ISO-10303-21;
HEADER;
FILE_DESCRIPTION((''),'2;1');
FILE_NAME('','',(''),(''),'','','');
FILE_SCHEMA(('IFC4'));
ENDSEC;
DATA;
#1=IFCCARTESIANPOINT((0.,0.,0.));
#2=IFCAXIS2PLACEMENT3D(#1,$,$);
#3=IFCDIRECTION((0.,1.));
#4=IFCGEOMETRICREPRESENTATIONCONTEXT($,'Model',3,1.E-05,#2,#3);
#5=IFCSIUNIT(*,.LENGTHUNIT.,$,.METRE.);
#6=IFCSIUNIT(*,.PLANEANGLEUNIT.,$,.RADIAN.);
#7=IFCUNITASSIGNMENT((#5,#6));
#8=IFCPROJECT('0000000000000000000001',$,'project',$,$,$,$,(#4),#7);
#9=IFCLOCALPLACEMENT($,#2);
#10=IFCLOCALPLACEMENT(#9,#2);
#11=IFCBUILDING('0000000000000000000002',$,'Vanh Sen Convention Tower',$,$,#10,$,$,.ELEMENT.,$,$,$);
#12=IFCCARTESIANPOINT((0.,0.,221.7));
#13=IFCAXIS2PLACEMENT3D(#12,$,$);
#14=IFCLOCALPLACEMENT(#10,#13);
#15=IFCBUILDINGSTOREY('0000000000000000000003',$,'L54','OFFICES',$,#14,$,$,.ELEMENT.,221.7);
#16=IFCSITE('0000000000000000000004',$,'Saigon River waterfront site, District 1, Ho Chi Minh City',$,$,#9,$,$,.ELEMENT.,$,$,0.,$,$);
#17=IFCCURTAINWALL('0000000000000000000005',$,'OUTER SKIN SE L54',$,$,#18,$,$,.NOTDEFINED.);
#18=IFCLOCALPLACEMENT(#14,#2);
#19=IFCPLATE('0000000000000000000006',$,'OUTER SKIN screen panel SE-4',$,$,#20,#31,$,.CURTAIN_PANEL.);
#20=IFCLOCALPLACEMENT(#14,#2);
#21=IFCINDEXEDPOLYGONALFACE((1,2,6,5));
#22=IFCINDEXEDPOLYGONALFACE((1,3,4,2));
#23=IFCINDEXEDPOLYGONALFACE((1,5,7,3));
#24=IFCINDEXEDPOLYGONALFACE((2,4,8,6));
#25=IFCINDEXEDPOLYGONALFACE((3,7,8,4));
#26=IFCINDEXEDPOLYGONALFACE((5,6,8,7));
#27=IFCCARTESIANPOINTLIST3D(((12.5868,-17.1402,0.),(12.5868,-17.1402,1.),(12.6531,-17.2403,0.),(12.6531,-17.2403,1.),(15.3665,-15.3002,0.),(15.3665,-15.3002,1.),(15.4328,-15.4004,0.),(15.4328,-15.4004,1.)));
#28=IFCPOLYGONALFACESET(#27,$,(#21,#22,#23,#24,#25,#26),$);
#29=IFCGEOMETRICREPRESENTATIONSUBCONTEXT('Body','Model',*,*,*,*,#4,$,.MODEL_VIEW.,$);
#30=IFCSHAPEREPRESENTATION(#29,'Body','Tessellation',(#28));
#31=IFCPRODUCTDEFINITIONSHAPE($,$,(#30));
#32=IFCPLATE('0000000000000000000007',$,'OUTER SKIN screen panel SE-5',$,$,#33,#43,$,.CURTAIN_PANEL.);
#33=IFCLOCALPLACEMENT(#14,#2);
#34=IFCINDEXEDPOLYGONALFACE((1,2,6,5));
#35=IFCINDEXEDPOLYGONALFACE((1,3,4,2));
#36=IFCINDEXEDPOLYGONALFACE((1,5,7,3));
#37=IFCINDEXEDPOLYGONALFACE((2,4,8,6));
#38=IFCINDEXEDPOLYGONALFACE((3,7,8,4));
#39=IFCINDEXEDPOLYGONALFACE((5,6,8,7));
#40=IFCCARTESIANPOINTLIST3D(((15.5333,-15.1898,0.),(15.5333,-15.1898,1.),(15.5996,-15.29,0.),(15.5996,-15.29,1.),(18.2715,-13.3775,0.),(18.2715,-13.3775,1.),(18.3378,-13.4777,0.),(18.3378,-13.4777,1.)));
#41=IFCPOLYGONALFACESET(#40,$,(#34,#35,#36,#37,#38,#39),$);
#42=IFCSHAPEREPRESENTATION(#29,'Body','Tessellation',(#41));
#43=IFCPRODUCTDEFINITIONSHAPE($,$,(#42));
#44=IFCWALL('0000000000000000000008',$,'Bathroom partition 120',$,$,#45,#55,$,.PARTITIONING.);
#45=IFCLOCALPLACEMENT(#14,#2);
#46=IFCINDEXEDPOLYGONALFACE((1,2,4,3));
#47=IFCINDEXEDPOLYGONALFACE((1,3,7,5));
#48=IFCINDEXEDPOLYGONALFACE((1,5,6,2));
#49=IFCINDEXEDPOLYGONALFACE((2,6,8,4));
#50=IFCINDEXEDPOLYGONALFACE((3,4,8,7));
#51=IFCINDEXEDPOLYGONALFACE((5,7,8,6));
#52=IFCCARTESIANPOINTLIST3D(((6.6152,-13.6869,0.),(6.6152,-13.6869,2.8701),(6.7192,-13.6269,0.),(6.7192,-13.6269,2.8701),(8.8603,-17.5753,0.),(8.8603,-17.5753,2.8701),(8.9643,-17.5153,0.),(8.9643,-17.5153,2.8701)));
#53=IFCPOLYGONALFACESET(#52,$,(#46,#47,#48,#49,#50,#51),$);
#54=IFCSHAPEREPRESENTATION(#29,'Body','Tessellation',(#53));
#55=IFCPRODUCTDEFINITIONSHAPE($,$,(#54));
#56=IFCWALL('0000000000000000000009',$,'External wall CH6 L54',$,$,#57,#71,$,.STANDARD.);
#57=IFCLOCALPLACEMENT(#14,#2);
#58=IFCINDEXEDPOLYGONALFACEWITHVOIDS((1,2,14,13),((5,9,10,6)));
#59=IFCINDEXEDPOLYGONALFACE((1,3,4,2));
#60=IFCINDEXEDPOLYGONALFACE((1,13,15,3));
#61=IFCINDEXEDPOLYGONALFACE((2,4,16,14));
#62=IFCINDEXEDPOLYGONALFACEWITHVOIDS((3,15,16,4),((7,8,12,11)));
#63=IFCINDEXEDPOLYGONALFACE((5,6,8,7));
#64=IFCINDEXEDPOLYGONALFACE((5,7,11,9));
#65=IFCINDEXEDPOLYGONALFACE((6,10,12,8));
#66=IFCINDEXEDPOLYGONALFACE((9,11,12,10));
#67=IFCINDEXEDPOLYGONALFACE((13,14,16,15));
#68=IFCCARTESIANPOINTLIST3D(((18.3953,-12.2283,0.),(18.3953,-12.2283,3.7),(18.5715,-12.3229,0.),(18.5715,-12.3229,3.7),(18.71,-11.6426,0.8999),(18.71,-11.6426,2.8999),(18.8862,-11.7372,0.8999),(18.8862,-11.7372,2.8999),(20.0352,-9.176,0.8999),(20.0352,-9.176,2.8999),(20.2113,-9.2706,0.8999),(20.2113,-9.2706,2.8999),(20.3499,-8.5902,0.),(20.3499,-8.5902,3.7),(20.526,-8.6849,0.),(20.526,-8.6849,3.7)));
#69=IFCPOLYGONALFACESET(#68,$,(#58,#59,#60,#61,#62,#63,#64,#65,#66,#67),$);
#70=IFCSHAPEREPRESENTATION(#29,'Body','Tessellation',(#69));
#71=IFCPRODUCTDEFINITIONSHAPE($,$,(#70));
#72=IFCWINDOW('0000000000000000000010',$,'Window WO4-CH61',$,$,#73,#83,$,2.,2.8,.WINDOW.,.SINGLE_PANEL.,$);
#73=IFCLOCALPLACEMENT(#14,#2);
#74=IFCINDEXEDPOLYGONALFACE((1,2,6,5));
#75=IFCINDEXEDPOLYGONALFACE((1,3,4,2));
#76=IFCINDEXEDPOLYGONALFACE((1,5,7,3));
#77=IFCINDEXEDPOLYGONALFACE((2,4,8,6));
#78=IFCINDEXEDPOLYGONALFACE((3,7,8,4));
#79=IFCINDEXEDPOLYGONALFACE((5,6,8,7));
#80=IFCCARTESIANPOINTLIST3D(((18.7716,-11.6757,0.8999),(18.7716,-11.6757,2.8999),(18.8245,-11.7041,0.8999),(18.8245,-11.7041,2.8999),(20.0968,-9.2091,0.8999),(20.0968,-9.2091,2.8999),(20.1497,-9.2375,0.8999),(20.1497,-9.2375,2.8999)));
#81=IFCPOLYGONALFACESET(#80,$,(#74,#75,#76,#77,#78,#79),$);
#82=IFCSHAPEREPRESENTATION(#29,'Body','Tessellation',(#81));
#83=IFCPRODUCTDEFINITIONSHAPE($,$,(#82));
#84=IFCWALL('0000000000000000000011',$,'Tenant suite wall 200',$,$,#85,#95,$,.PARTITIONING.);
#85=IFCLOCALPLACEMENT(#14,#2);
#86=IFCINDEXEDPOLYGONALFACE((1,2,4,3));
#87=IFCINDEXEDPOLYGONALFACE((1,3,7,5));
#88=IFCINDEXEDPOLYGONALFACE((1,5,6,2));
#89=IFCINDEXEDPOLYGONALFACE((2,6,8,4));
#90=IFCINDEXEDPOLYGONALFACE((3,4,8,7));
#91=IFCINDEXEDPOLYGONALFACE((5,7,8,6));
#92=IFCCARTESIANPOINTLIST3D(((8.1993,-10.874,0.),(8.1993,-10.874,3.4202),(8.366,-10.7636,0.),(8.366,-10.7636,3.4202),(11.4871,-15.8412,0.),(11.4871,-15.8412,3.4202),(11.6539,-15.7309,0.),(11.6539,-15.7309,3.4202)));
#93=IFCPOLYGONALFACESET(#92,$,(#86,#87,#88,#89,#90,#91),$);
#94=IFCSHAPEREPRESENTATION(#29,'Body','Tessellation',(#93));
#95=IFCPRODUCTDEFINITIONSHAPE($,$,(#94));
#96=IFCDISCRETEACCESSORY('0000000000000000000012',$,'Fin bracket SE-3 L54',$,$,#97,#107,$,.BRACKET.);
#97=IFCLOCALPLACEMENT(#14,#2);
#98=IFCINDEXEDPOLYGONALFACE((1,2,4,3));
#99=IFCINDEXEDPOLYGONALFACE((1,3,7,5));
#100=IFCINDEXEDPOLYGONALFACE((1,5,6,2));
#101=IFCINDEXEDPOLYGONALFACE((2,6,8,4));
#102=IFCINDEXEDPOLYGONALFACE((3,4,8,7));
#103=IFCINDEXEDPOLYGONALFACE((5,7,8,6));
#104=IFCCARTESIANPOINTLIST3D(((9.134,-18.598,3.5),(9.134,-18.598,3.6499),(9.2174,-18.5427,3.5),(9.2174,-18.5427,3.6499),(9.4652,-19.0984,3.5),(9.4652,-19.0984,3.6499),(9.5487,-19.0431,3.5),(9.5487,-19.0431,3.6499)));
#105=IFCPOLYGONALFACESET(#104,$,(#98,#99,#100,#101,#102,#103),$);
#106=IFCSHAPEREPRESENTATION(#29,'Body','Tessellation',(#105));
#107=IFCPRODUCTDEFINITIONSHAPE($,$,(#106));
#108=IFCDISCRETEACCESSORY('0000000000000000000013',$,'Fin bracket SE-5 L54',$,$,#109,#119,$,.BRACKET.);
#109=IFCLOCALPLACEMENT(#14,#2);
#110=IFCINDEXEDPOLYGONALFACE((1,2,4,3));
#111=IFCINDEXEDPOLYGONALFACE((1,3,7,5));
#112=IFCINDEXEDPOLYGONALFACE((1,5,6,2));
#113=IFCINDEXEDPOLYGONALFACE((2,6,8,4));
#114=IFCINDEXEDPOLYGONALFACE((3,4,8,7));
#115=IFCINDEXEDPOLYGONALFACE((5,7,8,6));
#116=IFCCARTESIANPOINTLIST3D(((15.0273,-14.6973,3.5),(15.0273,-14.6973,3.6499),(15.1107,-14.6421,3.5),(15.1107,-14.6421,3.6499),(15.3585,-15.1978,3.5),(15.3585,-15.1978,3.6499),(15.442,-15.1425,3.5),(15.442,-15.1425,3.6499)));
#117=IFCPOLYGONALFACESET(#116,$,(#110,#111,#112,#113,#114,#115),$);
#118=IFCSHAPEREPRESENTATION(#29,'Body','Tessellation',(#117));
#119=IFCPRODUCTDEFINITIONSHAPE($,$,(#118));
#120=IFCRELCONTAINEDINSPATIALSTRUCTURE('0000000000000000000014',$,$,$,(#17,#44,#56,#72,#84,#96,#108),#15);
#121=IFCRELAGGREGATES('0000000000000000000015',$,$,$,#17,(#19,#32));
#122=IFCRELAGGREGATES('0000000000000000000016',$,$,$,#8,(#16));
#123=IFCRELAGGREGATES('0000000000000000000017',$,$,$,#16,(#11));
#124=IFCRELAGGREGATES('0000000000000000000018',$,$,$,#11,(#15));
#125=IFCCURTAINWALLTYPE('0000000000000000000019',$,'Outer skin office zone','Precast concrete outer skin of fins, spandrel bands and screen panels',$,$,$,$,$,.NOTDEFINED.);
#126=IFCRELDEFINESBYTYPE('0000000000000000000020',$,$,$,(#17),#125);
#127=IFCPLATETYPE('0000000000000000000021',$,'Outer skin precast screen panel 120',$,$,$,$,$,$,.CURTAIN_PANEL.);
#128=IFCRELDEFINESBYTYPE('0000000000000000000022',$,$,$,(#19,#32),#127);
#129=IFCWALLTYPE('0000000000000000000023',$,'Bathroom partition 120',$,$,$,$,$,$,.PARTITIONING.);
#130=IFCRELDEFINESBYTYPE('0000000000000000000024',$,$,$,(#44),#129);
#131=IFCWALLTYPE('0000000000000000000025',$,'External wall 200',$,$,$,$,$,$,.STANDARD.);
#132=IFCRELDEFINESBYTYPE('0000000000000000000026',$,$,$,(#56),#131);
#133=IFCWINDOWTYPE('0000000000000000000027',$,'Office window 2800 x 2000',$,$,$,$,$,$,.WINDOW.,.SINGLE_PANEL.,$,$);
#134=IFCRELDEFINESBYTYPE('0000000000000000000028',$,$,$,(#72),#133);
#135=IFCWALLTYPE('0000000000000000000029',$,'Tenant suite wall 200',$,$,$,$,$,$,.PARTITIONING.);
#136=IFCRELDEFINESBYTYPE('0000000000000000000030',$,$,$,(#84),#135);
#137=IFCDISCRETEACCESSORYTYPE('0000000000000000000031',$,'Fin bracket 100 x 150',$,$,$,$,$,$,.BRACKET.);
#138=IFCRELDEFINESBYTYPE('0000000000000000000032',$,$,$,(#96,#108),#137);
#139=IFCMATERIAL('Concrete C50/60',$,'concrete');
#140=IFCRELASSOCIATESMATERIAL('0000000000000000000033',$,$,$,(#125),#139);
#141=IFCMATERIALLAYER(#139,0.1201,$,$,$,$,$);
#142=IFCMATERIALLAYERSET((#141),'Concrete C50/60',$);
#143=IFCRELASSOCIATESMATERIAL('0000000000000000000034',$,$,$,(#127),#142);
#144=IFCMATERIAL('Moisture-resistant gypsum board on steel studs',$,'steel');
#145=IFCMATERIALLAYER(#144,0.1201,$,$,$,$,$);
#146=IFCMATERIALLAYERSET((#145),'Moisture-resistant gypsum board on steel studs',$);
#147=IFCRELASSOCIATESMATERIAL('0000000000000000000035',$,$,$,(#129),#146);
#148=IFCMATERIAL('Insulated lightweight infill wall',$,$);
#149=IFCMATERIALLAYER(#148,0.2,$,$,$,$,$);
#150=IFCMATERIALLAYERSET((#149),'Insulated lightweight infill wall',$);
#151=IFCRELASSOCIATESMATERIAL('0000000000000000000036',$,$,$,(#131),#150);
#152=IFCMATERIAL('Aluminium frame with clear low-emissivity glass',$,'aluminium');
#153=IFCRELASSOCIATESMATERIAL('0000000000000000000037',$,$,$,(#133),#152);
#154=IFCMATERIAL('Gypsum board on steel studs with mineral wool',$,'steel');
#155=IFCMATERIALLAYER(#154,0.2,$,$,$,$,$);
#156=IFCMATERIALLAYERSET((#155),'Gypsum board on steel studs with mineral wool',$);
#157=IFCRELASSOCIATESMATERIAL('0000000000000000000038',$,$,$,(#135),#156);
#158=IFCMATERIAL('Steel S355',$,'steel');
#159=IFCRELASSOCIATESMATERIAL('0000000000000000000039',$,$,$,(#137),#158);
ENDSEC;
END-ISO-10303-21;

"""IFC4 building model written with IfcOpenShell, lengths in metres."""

from ifc_helpers import new_model, si_unit, direction, frame, frame_2d, origin, origin_2d, place, context, subcontext, project, spatial, rectangle, extrude, material, layer, layer_set, type_object, element, fill, aggregate, save


model = new_model("IFC4")

# Units and contexts
model_context = context("Model", 3, precision=1e-05, world=origin(), true_north=direction((0.0, 1.0)))
body_context = subcontext(model_context, "Body", "Model", "MODEL_VIEW")
ifc_project = project(units=[si_unit("LENGTHUNIT", "METRE"), si_unit("PLANEANGLEUNIT", "RADIAN")], contexts=[model_context])

# Site, building, storey
site_placement = place(None, origin())
site = spatial("IfcSite", under=ifc_project, at=site_placement, Name="Saigon River waterfront site, District 1, Ho Chi Minh City", CompositionType="ELEMENT", RefElevation=0.0)
building_placement = place(site_placement, origin())
building = spatial("IfcBuilding", under=site, at=building_placement, Name="Vanh Sen Convention Tower", CompositionType="ELEMENT")
storey_placement = place(building_placement, frame((0.0, 0.0, 221.7)))
storey = spatial("IfcBuildingStorey", under=building, at=storey_placement, Name="L54", Description="OFFICES", CompositionType="ELEMENT", Elevation=221.7)

# Curtain wall
ifc_material_1 = material(Name="Concrete C50/60", Category="concrete")
curtain_wall_type = type_object("IfcCurtainWallType", Name="Outer skin office zone", Description="Precast concrete outer skin of fins, spandrel bands and screen panels", PredefinedType="NOTDEFINED", material=ifc_material_1)
curtain_wall_1_placement = place(storey_placement, origin())
curtain_wall_1 = element("IfcCurtainWall", 1, at=curtain_wall_1_placement, inside=storey, type_object=curtain_wall_type, Name="OUTER SKIN SE L54", PredefinedType="NOTDEFINED")

# Plates
ifc_layer_1 = layer(ifc_material_1, 0.1201)
ifc_layer_set_1 = layer_set([ifc_layer_1], Name="Concrete C50/60")
plate_type = type_object("IfcPlateType", Name="Outer skin precast screen panel 120", PredefinedType="CURTAIN_PANEL", material=ifc_layer_set_1)
plate_1_placement = place(storey_placement, frame((14.0098, -16.2703, 0.0), z_axis=(0.0, 0.0, 1.0), x_axis=(0.833874, 0.551954, 0.0)))
plate_1 = element("IfcPlate", 2, at=plate_1_placement, type_object=plate_type, Name="OUTER SKIN screen panel SE-4", PredefinedType="CURTAIN_PANEL", context=body_context, shape_type="SweptSolid", body=[
    extrude(rectangle(XDim=3.3335, YDim=0.1201, at=origin_2d()), origin(), (0.0, 0.0, 1.0), 1.0),
])
plate_2_placement = place(storey_placement, frame((16.9355, -14.3337, 0.0), z_axis=(0.0, 0.0, 1.0), x_axis=(0.833896, 0.551921, 0.0)))
plate_2 = element("IfcPlate", 3, at=plate_2_placement, type_object=plate_type, Name="OUTER SKIN screen panel SE-5", PredefinedType="CURTAIN_PANEL", context=body_context, shape_type="SweptSolid", body=[
    extrude(rectangle(XDim=3.2837, YDim=0.1201, at=origin_2d()), origin(), (0.0, 0.0, 1.0), 1.0),
])
aggregate(curtain_wall_1, [plate_1, plate_2])

# Wall
ifc_material_2 = material(Name="Moisture-resistant gypsum board on steel studs", Category="steel")
ifc_layer_2 = layer(ifc_material_2, 0.1201)
ifc_layer_set_2 = layer_set([ifc_layer_2], Name="Moisture-resistant gypsum board on steel studs")
wall_type_1 = type_object("IfcWallType", Name="Bathroom partition 120", PredefinedType="PARTITIONING", material=ifc_layer_set_2)
wall_1_placement = place(storey_placement, frame((8.9124, -17.5454, 0.0), z_axis=(0.0, 0.0, 1.0), x_axis=(-0.500022, 0.866013, 0.0)))
element("IfcWall", 4, at=wall_1_placement, inside=storey, type_object=wall_type_1, Name="Bathroom partition 120", PredefinedType="PARTITIONING", context=body_context, shape_type="SweptSolid", body=[
    extrude(rectangle(XDim=4.49, YDim=0.1201, at=frame_2d((2.2451, 0.0))), origin(), (0.0, 0.0, 1.0), 2.8701),
])

# Wall, opening, window
ifc_material_3 = material(Name="Insulated lightweight infill wall")
ifc_layer_3 = layer(ifc_material_3, 0.2)
ifc_layer_set_3 = layer_set([ifc_layer_3], Name="Insulated lightweight infill wall")
wall_type_2 = type_object("IfcWallType", Name="External wall 200", PredefinedType="STANDARD", material=ifc_layer_set_3)
wall_2_placement = place(storey_placement, frame((18.4834, -12.2756, 0.0), z_axis=(0.0, 0.0, 1.0), x_axis=(0.473268, 0.880919, 0.0)))
wall_2 = element("IfcWall", 5, at=wall_2_placement, inside=storey, type_object=wall_type_2, Name="External wall CH6 L54", PredefinedType="STANDARD", context=body_context, shape_type="SweptSolid", body=[
    extrude(rectangle(XDim=4.1299, YDim=0.2, at=frame_2d((2.0649, 0.0))), origin(), (0.0, 0.0, 1.0), 3.7),
])
opening_placement = place(wall_2_placement, frame((0.665, 0.0, 0.8999)))
opening = element("IfcOpeningElement", 6, at=opening_placement, cuts=wall_2, PredefinedType="OPENING", context=body_context, shape_type="SweptSolid", body=[
    extrude(rectangle(XDim=2.8, YDim=2.0, at=frame_2d((1.3999, 1.0))), frame((0.0, 0.1099, 0.0), z_axis=(0.0, -1.0, 0.0), x_axis=(1.0, 0.0, 0.0)), (0.0, 0.0, 1.0), 0.22),
])
ifc_material_4 = material(Name="Aluminium frame with clear low-emissivity glass", Category="aluminium")
window_type = type_object("IfcWindowType", Name="Office window 2800 x 2000", PartitioningType="SINGLE_PANEL", PredefinedType="WINDOW", material=ifc_material_4)
window_placement = place(opening_placement, origin())
window = element("IfcWindow", 7, at=window_placement, inside=storey, type_object=window_type, Name="Window WO4-CH61", OverallHeight=2.0, OverallWidth=2.8, PartitioningType="SINGLE_PANEL", PredefinedType="WINDOW", context=body_context, shape_type="SweptSolid", body=[
    extrude(rectangle(XDim=2.8, YDim=2.0, at=frame_2d((1.3999, 1.0))), frame((0.0, 0.03, 0.0), z_axis=(0.0, -1.0, 0.0), x_axis=(1.0, 0.0, 0.0)), (0.0, 0.0, 1.0), 0.0601),
])
fill(opening, window)

# Wall
ifc_material_5 = material(Name="Gypsum board on steel studs with mineral wool", Category="steel")
ifc_layer_4 = layer(ifc_material_5, 0.2)
ifc_layer_set_4 = layer_set([ifc_layer_4], Name="Gypsum board on steel studs with mineral wool")
wall_type_3 = type_object("IfcWallType", Name="Tenant suite wall 200", PredefinedType="PARTITIONING", material=ifc_layer_set_4)
wall_3_placement = place(storey_placement, frame((11.5706, -15.7861, 0.0), z_axis=(0.0, 0.0, 1.0), x_axis=(-0.551945, 0.833881, 0.0)))
element("IfcWall", 8, at=wall_3_placement, inside=storey, type_object=wall_type_3, Name="Tenant suite wall 200", PredefinedType="PARTITIONING", context=body_context, shape_type="SweptSolid", body=[
    extrude(rectangle(XDim=5.9568, YDim=0.2, at=frame_2d((2.9785, 0.0))), origin(), (0.0, 0.0, 1.0), 3.4202),
])

# Discrete accessories
ifc_material_6 = material(Name="Steel S355", Category="steel")
discrete_accessory_type = type_object("IfcDiscreteAccessoryType", Name="Fin bracket 100 x 150", PredefinedType="BRACKET", material=ifc_material_6)
for number, where, z_axis, x_axis, name in (
    (9, (9.3413, -18.8206, 3.5), (0.0, 0.0, 1.0), (0.551937, -0.833886, 0.0), "Fin bracket SE-3 L54"),
    (10, (15.2346, -14.9199, 3.5), (0.0, 0.0, 1.0), (0.551937, -0.833886, 0.0), "Fin bracket SE-5 L54"),
):
    element("IfcDiscreteAccessory", number, at=place(storey_placement, frame(where, z_axis=z_axis, x_axis=x_axis)), inside=storey, type_object=discrete_accessory_type, Name=name, PredefinedType="BRACKET", context=body_context, shape_type="SweptSolid", body=[
        extrude(rectangle(XDim=0.6001, YDim=0.1001, at=origin_2d()), origin(), (0.0, 0.0, 1.0), 0.1499),
    ])

save(model, "model.ifc")
